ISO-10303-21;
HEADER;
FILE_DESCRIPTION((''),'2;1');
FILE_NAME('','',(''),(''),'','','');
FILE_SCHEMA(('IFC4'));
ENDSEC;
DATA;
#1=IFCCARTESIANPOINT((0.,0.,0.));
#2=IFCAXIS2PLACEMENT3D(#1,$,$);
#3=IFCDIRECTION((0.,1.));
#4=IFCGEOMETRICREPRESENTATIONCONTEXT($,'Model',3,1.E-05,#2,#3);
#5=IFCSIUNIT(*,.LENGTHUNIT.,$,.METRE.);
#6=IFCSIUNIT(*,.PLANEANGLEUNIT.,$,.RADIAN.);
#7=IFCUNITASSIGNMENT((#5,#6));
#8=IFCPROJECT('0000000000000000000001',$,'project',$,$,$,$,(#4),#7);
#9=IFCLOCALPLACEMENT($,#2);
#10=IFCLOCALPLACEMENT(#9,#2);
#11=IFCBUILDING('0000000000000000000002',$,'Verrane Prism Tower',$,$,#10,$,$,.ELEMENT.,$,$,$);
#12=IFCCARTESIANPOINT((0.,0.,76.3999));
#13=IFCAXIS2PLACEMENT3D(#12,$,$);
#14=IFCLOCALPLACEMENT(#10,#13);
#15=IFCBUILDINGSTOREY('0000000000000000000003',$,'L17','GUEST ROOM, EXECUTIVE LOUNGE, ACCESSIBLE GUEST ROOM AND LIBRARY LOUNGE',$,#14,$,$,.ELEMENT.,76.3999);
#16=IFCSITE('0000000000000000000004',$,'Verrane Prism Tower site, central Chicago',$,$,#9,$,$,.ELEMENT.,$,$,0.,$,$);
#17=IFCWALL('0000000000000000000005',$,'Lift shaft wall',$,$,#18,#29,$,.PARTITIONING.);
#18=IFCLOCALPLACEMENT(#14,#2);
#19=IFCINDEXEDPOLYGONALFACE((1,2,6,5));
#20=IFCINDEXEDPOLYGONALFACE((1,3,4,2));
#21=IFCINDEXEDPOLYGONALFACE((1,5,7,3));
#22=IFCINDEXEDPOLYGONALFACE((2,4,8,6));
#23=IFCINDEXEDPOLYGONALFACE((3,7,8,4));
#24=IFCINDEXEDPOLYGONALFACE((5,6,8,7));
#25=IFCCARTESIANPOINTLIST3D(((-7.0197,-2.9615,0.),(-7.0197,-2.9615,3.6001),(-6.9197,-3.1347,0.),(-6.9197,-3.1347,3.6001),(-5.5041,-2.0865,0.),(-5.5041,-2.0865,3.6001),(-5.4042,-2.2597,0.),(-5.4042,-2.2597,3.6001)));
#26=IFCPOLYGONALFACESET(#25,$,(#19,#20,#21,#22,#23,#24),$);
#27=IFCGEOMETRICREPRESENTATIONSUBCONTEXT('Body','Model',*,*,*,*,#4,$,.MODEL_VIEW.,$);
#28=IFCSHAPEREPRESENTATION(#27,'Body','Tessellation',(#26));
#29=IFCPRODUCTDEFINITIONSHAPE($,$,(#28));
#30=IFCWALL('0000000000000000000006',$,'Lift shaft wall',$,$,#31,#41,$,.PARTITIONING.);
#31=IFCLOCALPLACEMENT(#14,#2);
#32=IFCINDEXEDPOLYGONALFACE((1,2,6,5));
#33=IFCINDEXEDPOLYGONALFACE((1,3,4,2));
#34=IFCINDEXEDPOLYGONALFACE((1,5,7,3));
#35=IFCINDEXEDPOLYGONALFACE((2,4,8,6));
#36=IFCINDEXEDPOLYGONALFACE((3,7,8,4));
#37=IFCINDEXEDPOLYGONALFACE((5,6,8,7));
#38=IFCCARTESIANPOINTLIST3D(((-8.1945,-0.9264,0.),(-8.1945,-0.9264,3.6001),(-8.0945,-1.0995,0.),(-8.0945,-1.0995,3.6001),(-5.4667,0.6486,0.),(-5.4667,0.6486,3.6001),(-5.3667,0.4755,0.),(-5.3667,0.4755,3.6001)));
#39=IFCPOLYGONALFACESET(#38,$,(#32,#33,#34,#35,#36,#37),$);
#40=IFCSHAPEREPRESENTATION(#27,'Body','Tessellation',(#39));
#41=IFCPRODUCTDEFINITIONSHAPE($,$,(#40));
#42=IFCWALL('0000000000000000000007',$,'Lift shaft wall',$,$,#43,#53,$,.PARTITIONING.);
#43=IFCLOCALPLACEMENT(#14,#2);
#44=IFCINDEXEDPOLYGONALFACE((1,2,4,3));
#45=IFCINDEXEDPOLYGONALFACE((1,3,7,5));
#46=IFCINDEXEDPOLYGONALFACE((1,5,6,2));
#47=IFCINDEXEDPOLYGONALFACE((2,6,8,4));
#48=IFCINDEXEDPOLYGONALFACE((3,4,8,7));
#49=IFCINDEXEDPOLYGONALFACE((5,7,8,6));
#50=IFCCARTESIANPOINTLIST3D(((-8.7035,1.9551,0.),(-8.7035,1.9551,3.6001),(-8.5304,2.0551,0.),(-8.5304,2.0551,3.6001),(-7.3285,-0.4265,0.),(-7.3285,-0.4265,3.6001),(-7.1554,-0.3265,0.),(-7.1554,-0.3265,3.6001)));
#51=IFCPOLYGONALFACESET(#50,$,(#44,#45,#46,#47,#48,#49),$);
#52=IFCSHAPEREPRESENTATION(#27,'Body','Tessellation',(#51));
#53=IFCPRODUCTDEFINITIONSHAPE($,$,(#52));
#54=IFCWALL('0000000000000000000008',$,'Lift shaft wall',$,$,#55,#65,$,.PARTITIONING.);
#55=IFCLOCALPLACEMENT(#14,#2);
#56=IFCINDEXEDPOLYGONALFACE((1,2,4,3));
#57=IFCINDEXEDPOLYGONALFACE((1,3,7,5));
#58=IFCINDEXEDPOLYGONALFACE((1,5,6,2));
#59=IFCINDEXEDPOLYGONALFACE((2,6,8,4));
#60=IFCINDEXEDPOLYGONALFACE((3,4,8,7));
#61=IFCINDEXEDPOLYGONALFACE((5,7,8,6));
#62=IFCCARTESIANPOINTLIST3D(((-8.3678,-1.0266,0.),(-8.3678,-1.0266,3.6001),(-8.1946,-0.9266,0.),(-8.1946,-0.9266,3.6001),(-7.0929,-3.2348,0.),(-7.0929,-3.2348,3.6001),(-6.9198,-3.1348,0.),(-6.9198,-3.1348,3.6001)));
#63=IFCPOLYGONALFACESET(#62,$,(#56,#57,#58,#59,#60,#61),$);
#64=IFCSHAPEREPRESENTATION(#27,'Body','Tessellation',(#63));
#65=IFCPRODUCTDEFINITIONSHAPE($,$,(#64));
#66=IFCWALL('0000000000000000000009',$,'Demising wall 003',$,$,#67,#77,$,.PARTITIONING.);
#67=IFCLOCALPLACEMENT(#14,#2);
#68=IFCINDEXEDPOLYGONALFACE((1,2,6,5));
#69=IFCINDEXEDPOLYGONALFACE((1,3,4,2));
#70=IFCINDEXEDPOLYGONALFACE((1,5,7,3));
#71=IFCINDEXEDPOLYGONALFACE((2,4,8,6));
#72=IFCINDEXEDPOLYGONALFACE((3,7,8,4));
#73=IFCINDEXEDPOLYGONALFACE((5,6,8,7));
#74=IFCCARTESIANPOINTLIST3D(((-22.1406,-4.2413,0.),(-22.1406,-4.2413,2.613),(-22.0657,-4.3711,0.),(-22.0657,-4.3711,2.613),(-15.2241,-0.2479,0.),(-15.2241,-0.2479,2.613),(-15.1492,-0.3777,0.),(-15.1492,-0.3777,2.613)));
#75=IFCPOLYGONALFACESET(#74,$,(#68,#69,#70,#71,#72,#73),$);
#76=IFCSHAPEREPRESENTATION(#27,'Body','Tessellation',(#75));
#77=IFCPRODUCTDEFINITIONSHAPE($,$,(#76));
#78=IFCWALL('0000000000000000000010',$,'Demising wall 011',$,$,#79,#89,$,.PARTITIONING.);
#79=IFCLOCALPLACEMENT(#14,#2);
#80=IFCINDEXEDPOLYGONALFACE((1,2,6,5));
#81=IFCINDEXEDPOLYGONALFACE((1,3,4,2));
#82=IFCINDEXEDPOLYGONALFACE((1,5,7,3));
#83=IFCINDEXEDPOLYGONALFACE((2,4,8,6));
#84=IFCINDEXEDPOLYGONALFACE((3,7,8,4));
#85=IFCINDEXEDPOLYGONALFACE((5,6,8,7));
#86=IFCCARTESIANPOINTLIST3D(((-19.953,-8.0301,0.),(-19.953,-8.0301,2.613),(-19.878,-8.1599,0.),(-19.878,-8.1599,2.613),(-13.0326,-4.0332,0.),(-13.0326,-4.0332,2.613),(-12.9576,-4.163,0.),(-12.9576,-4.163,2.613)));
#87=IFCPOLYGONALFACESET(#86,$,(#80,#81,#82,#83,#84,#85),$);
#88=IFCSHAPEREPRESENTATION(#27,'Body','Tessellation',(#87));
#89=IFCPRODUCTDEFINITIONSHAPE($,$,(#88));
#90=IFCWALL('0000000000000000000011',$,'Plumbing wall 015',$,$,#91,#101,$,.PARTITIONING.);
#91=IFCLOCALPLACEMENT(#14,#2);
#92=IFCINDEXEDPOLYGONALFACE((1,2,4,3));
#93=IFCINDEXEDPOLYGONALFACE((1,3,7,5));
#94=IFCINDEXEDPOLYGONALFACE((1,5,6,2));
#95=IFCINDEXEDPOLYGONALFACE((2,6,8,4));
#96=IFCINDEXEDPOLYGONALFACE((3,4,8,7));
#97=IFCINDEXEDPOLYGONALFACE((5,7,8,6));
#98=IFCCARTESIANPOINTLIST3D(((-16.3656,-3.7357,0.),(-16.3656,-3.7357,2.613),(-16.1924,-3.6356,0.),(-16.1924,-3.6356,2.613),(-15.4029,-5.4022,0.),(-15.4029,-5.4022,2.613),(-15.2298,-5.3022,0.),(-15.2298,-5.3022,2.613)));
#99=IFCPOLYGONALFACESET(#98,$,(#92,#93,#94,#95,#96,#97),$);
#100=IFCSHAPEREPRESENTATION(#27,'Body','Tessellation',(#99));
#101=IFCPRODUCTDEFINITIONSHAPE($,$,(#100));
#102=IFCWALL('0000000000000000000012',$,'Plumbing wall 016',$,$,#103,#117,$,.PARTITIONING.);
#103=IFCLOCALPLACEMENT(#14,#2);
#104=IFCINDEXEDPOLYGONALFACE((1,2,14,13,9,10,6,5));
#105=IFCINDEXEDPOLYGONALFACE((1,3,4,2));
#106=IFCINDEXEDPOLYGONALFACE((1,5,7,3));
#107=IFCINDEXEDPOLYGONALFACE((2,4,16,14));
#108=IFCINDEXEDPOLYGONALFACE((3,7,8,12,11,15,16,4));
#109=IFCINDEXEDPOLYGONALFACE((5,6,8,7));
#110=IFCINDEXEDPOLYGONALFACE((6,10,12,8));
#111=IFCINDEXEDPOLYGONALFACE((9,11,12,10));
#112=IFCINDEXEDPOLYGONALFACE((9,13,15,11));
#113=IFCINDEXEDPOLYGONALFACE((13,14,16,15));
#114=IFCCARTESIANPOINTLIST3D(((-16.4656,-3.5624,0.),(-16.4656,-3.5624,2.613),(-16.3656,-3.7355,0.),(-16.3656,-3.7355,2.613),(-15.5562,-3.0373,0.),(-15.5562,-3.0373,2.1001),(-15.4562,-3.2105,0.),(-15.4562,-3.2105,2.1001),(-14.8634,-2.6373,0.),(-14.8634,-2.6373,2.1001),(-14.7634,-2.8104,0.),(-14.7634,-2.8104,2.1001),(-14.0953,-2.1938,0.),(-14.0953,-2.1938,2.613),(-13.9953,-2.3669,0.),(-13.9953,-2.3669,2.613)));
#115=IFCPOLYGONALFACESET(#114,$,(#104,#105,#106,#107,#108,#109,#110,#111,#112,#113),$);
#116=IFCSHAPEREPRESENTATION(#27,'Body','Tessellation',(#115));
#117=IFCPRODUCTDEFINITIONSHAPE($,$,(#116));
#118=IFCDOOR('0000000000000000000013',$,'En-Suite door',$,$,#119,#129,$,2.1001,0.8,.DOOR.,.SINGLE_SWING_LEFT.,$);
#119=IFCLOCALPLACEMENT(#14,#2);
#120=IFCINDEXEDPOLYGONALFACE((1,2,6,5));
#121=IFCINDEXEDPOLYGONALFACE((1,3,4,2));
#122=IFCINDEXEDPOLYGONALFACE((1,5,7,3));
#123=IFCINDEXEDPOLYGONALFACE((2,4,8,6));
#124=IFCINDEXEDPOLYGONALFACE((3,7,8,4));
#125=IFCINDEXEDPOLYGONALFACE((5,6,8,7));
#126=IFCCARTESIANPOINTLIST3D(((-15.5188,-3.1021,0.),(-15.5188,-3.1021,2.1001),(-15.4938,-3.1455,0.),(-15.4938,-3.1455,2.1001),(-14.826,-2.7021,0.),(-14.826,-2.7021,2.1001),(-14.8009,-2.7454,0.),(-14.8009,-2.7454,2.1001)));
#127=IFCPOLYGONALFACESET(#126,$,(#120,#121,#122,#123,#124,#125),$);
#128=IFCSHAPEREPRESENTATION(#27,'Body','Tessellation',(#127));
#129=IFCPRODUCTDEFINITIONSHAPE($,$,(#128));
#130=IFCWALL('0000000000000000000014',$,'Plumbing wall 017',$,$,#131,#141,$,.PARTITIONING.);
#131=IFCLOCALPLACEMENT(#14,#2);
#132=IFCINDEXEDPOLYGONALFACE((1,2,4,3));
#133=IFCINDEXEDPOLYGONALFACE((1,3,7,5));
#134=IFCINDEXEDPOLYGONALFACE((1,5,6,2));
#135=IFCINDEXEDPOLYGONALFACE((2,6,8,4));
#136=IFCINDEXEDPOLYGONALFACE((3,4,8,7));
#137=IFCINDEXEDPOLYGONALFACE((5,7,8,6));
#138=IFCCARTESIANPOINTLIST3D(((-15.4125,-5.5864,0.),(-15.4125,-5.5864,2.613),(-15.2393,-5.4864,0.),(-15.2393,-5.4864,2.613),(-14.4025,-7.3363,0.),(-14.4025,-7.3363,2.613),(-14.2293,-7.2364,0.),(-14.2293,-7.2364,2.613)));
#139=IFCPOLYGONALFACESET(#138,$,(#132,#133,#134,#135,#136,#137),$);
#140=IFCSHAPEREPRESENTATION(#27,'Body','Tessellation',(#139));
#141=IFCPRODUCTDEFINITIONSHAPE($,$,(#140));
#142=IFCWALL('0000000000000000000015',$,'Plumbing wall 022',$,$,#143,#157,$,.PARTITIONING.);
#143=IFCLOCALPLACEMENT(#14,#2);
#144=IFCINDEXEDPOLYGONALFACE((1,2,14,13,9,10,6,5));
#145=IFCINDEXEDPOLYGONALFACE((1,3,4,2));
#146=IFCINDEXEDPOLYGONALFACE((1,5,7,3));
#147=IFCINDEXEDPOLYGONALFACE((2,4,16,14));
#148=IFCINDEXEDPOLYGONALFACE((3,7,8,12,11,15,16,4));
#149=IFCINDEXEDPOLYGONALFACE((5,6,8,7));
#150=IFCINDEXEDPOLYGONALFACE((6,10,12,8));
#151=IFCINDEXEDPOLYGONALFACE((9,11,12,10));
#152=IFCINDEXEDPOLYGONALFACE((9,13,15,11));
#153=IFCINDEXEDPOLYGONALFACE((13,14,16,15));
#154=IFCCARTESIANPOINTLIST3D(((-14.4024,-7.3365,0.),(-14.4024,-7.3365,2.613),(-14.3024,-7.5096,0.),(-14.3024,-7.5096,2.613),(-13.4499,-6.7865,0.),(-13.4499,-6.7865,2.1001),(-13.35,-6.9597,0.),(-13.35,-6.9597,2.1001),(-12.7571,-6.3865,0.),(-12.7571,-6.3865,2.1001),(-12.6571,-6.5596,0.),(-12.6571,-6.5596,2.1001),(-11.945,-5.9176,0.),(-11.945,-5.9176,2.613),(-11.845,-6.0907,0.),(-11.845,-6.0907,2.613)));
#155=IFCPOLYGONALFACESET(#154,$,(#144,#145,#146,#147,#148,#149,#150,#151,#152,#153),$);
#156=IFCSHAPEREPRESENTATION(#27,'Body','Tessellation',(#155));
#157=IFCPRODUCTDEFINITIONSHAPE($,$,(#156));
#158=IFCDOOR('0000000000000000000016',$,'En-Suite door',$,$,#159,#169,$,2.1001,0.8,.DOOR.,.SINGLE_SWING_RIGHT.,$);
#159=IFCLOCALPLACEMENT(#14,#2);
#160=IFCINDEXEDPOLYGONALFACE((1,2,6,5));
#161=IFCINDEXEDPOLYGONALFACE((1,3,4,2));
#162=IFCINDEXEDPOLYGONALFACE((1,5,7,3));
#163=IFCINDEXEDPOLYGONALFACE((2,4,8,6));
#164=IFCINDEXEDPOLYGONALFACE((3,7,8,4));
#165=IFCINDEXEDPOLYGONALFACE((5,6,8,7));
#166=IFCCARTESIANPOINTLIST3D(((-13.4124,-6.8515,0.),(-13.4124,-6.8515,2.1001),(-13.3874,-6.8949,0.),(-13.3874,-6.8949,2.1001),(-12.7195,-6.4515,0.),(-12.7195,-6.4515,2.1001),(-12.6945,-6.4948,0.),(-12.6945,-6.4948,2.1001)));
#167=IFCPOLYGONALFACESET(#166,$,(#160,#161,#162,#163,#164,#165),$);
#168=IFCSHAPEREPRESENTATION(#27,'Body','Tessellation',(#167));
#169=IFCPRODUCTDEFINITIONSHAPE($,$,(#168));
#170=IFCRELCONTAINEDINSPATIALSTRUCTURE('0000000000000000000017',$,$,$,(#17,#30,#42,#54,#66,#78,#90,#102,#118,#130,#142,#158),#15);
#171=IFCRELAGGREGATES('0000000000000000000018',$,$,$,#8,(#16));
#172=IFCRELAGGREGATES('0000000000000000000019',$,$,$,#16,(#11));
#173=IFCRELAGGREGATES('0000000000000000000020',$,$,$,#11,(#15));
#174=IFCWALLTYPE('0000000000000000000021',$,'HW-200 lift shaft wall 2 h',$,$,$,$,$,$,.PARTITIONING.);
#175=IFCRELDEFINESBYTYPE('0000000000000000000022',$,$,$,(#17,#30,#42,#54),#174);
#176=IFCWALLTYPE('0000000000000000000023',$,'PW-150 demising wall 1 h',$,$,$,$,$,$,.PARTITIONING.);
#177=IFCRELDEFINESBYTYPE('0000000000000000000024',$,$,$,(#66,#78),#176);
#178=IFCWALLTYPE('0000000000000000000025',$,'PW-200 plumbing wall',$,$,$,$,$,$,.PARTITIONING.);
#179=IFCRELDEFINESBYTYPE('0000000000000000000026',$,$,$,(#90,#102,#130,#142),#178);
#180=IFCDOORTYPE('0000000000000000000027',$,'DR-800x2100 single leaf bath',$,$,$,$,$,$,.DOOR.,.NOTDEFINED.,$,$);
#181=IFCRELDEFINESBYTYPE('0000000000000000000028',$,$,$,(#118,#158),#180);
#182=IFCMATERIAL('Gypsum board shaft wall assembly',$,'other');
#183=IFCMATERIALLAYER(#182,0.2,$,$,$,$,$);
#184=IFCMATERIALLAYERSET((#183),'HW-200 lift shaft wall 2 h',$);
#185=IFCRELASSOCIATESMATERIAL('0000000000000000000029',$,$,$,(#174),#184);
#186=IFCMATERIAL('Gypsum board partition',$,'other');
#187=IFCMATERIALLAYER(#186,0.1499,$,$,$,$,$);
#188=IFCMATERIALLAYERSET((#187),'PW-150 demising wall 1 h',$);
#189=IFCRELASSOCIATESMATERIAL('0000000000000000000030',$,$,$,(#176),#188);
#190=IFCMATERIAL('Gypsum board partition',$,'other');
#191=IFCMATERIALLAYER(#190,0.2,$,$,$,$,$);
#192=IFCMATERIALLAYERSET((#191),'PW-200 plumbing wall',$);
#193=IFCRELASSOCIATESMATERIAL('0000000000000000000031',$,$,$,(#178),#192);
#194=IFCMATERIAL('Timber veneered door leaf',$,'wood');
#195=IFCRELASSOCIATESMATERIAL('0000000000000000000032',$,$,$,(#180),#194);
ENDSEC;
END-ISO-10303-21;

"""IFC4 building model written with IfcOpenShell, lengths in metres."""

from ifc_helpers import new_model, si_unit, direction, frame, frame_2d, origin, place, context, subcontext, project, spatial, rectangle, extrude, material, layer, layer_set, type_object, element, fill, save


model = new_model("IFC4")

# Units and contexts
model_context = context("Model", 3, precision=1e-05, world=origin(), true_north=direction((0.0, 1.0)))
body_context = subcontext(model_context, "Body", "Model", "MODEL_VIEW")
ifc_project = project(units=[si_unit("LENGTHUNIT", "METRE"), si_unit("PLANEANGLEUNIT", "RADIAN")], contexts=[model_context])

# Site, building, storey
site_placement = place(None, origin())
site = spatial("IfcSite", under=ifc_project, at=site_placement, Name="Verrane Prism Tower site, central Chicago", CompositionType="ELEMENT", RefElevation=0.0)
building_placement = place(site_placement, origin())
building = spatial("IfcBuilding", under=site, at=building_placement, Name="Verrane Prism Tower", CompositionType="ELEMENT")
storey_placement = place(building_placement, frame((0.0, 0.0, 76.3999)))
storey = spatial("IfcBuildingStorey", under=building, at=storey_placement, Name="L17", Description="GUEST ROOM, EXECUTIVE LOUNGE, ACCESSIBLE GUEST ROOM AND LIBRARY LOUNGE", CompositionType="ELEMENT", Elevation=76.3999)

# Walls
ifc_material_1 = material(Name="Gypsum board shaft wall assembly", Category="other")
ifc_layer_1 = layer(ifc_material_1, 0.2)
ifc_layer_set_1 = layer_set([ifc_layer_1], Name="HW-200 lift shaft wall 2 h")
wall_type_1 = type_object("IfcWallType", Name="HW-200 lift shaft wall 2 h", PredefinedType="PARTITIONING", material=ifc_layer_set_1)
wall_1_placement = place(storey_placement, frame((-6.9697, -3.0481, 0.0), z_axis=(0.0, 0.0, 1.0), x_axis=(0.866037, 0.49998, 0.0)))
element("IfcWall", 1, at=wall_1_placement, inside=storey, type_object=wall_type_1, Name="Lift shaft wall", PredefinedType="PARTITIONING", context=body_context, shape_type="SweptSolid", body=[
    extrude(rectangle(XDim=1.75, YDim=0.2, at=frame_2d((0.875, 0.0))), origin(), (0.0, 0.0, 1.0), 3.6001),
])
wall_2_placement = place(storey_placement, frame((-8.1445, -1.0129, 0.0), z_axis=(0.0, 0.0, 1.0), x_axis=(0.866016, 0.500015, 0.0)))
element("IfcWall", 2, at=wall_2_placement, inside=storey, type_object=wall_type_1, Name="Lift shaft wall", PredefinedType="PARTITIONING", context=body_context, shape_type="SweptSolid", body=[
    extrude(rectangle(XDim=3.1499, YDim=0.2, at=frame_2d((1.575, 0.0))), origin(), (0.0, 0.0, 1.0), 3.6001),
])
wall_3_placement = place(storey_placement, frame((-7.2419, -0.3765, 0.0), z_axis=(0.0, 0.0, 1.0), x_axis=(-0.499997, 0.866027, 0.0)))
element("IfcWall", 3, at=wall_3_placement, inside=storey, type_object=wall_type_1, Name="Lift shaft wall", PredefinedType="PARTITIONING", context=body_context, shape_type="SweptSolid", body=[
    extrude(rectangle(XDim=2.75, YDim=0.2, at=frame_2d((1.375, 0.0))), origin(), (0.0, 0.0, 1.0), 3.6001),
])
wall_4_placement = place(storey_placement, frame((-7.0063, -3.1848, 0.0), z_axis=(0.0, 0.0, 1.0), x_axis=(-0.49999, 0.866031, 0.0)))
element("IfcWall", 4, at=wall_4_placement, inside=storey, type_object=wall_type_1, Name="Lift shaft wall", PredefinedType="PARTITIONING", context=body_context, shape_type="SweptSolid", body=[
    extrude(rectangle(XDim=2.5498, YDim=0.2, at=frame_2d((1.2749, 0.0))), origin(), (0.0, 0.0, 1.0), 3.6001),
])
ifc_material_2 = material(Name="Gypsum board partition", Category="other")
ifc_layer_2 = layer(ifc_material_2, 0.1499)
ifc_layer_set_2 = layer_set([ifc_layer_2], Name="PW-150 demising wall 1 h")
wall_type_2 = type_object("IfcWallType", Name="PW-150 demising wall 1 h", PredefinedType="PARTITIONING", material=ifc_layer_set_2)
wall_5_placement = place(storey_placement, frame((-22.103, -4.3062, 0.0), z_axis=(0.0, 0.0, 1.0), x_axis=(0.866017, 0.500015, 0.0)))
element("IfcWall", 5, at=wall_5_placement, inside=storey, type_object=wall_type_2, Name="Demising wall 003", PredefinedType="PARTITIONING", context=body_context, shape_type="SweptSolid", body=[
    extrude(rectangle(XDim=7.9866, YDim=0.1499, at=frame_2d((3.9932, 0.0))), origin(), (0.0, 0.0, 1.0), 2.613),
])
wall_6_placement = place(storey_placement, frame((-19.9155, -8.095, 0.0), z_axis=(0.0, 0.0, 1.0), x_axis=(0.865954, 0.500124, 0.0)))
element("IfcWall", 6, at=wall_6_placement, inside=storey, type_object=wall_type_2, Name="Demising wall 011", PredefinedType="PARTITIONING", context=body_context, shape_type="SweptSolid", body=[
    extrude(rectangle(XDim=7.9917, YDim=0.1499, at=frame_2d((3.9958, 0.0))), origin(), (0.0, 0.0, 1.0), 2.613),
])
ifc_material_3 = material(Name="Gypsum board partition", Category="other")
ifc_layer_3 = layer(ifc_material_3, 0.2)
ifc_layer_set_3 = layer_set([ifc_layer_3], Name="PW-200 plumbing wall")
wall_type_3 = type_object("IfcWallType", Name="PW-200 plumbing wall", PredefinedType="PARTITIONING", material=ifc_layer_set_3)
wall_7_placement = place(storey_placement, frame((-16.2791, -3.6855, 0.0), z_axis=(0.0, 0.0, 1.0), x_axis=(0.500191, -0.865915, 0.0)))
element("IfcWall", 7, at=wall_7_placement, inside=storey, type_object=wall_type_3, Name="Plumbing wall 015", PredefinedType="PARTITIONING", context=body_context, shape_type="SweptSolid", body=[
    extrude(rectangle(XDim=1.9246, YDim=0.2, at=frame_2d((0.9624, 0.0))), origin(), (0.0, 0.0, 1.0), 2.613),
])

# Wall, opening, door
wall_8_placement = place(storey_placement, frame((-14.0452, -2.2803, 0.0), z_axis=(0.0, 0.0, 1.0), x_axis=(-0.866006, -0.500034, 0.0)))
wall_8 = element("IfcWall", 8, at=wall_8_placement, inside=storey, type_object=wall_type_3, Name="Plumbing wall 016", PredefinedType="PARTITIONING", context=body_context, shape_type="SweptSolid", body=[
    extrude(rectangle(XDim=2.7371, YDim=0.2, at=frame_2d((1.3687, 0.0))), origin(), (0.0, 0.0, 1.0), 2.613),
])
opening_1_placement = place(wall_8_placement, frame((0.8872, 0.0, 0.0)))
opening_1 = element("IfcOpeningElement", 9, at=opening_1_placement, cuts=wall_8, PredefinedType="OPENING", context=body_context, shape_type="SweptSolid", body=[
    extrude(rectangle(XDim=0.8, YDim=2.1001, at=frame_2d((0.3999, 1.05))), frame((0.0, 0.1099, 0.0), z_axis=(0.0, -1.0, 0.0), x_axis=(1.0, 0.0, 0.0)), (0.0, 0.0, 1.0), 0.22),
])
ifc_material_4 = material(Name="Timber veneered door leaf", Category="wood")
door_type = type_object("IfcDoorType", Name="DR-800x2100 single leaf bath", OperationType="NOTDEFINED", PredefinedType="DOOR", material=ifc_material_4)
door_1_placement = place(opening_1_placement, origin())
door_1 = element("IfcDoor", 10, at=door_1_placement, inside=storey, type_object=door_type, Name="En-Suite door", OperationType="SINGLE_SWING_LEFT", OverallHeight=2.1001, OverallWidth=0.8, PredefinedType="DOOR", context=body_context, shape_type="SweptSolid", body=[
    extrude(rectangle(XDim=0.8, YDim=2.1001, at=frame_2d((0.3999, 1.05))), frame((0.0, 0.0249, 0.0), z_axis=(0.0, -1.0, 0.0), x_axis=(1.0, 0.0, 0.0)), (0.0, 0.0, 1.0), 0.05),
])
fill(opening_1, door_1)

# Wall
wall_9_placement = place(storey_placement, frame((-15.3259, -5.5364, 0.0), z_axis=(0.0, 0.0, 1.0), x_axis=(0.499869, -0.866101, 0.0)))
element("IfcWall", 11, at=wall_9_placement, inside=storey, type_object=wall_type_3, Name="Plumbing wall 017", PredefinedType="PARTITIONING", context=body_context, shape_type="SweptSolid", body=[
    extrude(rectangle(XDim=2.0205, YDim=0.2, at=frame_2d((1.0103, 0.0))), origin(), (0.0, 0.0, 1.0), 2.613),
])

# Wall, opening, door
wall_10_placement = place(storey_placement, frame((-14.3525, -7.4231, 0.0), z_axis=(0.0, 0.0, 1.0), x_axis=(0.866011, 0.500025, 0.0)))
wall_10 = element("IfcWall", 12, at=wall_10_placement, inside=storey, type_object=wall_type_3, Name="Plumbing wall 022", PredefinedType="PARTITIONING", context=body_context, shape_type="SweptSolid", body=[
    extrude(rectangle(XDim=2.8376, YDim=0.2, at=frame_2d((1.4189, 0.0))), origin(), (0.0, 0.0, 1.0), 2.613),
])
opening_2_placement = place(wall_10_placement, frame((1.1001, 0.0, 0.0)))
opening_2 = element("IfcOpeningElement", 13, at=opening_2_placement, cuts=wall_10, PredefinedType="OPENING", context=body_context, shape_type="SweptSolid", body=[
    extrude(rectangle(XDim=0.8, YDim=2.1001, at=frame_2d((0.3999, 1.05))), frame((0.0, 0.1099, 0.0), z_axis=(0.0, -1.0, 0.0), x_axis=(1.0, 0.0, 0.0)), (0.0, 0.0, 1.0), 0.22),
])
door_2_placement = place(opening_2_placement, origin())
door_2 = element("IfcDoor", 14, at=door_2_placement, inside=storey, type_object=door_type, Name="En-Suite door", OperationType="SINGLE_SWING_RIGHT", OverallHeight=2.1001, OverallWidth=0.8, PredefinedType="DOOR", context=body_context, shape_type="SweptSolid", body=[
    extrude(rectangle(XDim=0.8, YDim=2.1001, at=frame_2d((0.3999, 1.05))), frame((0.0, 0.0249, 0.0), z_axis=(0.0, -1.0, 0.0), x_axis=(1.0, 0.0, 0.0)), (0.0, 0.0, 1.0), 0.05),
])
fill(opening_2, door_2)

save(model, "model.ifc")
